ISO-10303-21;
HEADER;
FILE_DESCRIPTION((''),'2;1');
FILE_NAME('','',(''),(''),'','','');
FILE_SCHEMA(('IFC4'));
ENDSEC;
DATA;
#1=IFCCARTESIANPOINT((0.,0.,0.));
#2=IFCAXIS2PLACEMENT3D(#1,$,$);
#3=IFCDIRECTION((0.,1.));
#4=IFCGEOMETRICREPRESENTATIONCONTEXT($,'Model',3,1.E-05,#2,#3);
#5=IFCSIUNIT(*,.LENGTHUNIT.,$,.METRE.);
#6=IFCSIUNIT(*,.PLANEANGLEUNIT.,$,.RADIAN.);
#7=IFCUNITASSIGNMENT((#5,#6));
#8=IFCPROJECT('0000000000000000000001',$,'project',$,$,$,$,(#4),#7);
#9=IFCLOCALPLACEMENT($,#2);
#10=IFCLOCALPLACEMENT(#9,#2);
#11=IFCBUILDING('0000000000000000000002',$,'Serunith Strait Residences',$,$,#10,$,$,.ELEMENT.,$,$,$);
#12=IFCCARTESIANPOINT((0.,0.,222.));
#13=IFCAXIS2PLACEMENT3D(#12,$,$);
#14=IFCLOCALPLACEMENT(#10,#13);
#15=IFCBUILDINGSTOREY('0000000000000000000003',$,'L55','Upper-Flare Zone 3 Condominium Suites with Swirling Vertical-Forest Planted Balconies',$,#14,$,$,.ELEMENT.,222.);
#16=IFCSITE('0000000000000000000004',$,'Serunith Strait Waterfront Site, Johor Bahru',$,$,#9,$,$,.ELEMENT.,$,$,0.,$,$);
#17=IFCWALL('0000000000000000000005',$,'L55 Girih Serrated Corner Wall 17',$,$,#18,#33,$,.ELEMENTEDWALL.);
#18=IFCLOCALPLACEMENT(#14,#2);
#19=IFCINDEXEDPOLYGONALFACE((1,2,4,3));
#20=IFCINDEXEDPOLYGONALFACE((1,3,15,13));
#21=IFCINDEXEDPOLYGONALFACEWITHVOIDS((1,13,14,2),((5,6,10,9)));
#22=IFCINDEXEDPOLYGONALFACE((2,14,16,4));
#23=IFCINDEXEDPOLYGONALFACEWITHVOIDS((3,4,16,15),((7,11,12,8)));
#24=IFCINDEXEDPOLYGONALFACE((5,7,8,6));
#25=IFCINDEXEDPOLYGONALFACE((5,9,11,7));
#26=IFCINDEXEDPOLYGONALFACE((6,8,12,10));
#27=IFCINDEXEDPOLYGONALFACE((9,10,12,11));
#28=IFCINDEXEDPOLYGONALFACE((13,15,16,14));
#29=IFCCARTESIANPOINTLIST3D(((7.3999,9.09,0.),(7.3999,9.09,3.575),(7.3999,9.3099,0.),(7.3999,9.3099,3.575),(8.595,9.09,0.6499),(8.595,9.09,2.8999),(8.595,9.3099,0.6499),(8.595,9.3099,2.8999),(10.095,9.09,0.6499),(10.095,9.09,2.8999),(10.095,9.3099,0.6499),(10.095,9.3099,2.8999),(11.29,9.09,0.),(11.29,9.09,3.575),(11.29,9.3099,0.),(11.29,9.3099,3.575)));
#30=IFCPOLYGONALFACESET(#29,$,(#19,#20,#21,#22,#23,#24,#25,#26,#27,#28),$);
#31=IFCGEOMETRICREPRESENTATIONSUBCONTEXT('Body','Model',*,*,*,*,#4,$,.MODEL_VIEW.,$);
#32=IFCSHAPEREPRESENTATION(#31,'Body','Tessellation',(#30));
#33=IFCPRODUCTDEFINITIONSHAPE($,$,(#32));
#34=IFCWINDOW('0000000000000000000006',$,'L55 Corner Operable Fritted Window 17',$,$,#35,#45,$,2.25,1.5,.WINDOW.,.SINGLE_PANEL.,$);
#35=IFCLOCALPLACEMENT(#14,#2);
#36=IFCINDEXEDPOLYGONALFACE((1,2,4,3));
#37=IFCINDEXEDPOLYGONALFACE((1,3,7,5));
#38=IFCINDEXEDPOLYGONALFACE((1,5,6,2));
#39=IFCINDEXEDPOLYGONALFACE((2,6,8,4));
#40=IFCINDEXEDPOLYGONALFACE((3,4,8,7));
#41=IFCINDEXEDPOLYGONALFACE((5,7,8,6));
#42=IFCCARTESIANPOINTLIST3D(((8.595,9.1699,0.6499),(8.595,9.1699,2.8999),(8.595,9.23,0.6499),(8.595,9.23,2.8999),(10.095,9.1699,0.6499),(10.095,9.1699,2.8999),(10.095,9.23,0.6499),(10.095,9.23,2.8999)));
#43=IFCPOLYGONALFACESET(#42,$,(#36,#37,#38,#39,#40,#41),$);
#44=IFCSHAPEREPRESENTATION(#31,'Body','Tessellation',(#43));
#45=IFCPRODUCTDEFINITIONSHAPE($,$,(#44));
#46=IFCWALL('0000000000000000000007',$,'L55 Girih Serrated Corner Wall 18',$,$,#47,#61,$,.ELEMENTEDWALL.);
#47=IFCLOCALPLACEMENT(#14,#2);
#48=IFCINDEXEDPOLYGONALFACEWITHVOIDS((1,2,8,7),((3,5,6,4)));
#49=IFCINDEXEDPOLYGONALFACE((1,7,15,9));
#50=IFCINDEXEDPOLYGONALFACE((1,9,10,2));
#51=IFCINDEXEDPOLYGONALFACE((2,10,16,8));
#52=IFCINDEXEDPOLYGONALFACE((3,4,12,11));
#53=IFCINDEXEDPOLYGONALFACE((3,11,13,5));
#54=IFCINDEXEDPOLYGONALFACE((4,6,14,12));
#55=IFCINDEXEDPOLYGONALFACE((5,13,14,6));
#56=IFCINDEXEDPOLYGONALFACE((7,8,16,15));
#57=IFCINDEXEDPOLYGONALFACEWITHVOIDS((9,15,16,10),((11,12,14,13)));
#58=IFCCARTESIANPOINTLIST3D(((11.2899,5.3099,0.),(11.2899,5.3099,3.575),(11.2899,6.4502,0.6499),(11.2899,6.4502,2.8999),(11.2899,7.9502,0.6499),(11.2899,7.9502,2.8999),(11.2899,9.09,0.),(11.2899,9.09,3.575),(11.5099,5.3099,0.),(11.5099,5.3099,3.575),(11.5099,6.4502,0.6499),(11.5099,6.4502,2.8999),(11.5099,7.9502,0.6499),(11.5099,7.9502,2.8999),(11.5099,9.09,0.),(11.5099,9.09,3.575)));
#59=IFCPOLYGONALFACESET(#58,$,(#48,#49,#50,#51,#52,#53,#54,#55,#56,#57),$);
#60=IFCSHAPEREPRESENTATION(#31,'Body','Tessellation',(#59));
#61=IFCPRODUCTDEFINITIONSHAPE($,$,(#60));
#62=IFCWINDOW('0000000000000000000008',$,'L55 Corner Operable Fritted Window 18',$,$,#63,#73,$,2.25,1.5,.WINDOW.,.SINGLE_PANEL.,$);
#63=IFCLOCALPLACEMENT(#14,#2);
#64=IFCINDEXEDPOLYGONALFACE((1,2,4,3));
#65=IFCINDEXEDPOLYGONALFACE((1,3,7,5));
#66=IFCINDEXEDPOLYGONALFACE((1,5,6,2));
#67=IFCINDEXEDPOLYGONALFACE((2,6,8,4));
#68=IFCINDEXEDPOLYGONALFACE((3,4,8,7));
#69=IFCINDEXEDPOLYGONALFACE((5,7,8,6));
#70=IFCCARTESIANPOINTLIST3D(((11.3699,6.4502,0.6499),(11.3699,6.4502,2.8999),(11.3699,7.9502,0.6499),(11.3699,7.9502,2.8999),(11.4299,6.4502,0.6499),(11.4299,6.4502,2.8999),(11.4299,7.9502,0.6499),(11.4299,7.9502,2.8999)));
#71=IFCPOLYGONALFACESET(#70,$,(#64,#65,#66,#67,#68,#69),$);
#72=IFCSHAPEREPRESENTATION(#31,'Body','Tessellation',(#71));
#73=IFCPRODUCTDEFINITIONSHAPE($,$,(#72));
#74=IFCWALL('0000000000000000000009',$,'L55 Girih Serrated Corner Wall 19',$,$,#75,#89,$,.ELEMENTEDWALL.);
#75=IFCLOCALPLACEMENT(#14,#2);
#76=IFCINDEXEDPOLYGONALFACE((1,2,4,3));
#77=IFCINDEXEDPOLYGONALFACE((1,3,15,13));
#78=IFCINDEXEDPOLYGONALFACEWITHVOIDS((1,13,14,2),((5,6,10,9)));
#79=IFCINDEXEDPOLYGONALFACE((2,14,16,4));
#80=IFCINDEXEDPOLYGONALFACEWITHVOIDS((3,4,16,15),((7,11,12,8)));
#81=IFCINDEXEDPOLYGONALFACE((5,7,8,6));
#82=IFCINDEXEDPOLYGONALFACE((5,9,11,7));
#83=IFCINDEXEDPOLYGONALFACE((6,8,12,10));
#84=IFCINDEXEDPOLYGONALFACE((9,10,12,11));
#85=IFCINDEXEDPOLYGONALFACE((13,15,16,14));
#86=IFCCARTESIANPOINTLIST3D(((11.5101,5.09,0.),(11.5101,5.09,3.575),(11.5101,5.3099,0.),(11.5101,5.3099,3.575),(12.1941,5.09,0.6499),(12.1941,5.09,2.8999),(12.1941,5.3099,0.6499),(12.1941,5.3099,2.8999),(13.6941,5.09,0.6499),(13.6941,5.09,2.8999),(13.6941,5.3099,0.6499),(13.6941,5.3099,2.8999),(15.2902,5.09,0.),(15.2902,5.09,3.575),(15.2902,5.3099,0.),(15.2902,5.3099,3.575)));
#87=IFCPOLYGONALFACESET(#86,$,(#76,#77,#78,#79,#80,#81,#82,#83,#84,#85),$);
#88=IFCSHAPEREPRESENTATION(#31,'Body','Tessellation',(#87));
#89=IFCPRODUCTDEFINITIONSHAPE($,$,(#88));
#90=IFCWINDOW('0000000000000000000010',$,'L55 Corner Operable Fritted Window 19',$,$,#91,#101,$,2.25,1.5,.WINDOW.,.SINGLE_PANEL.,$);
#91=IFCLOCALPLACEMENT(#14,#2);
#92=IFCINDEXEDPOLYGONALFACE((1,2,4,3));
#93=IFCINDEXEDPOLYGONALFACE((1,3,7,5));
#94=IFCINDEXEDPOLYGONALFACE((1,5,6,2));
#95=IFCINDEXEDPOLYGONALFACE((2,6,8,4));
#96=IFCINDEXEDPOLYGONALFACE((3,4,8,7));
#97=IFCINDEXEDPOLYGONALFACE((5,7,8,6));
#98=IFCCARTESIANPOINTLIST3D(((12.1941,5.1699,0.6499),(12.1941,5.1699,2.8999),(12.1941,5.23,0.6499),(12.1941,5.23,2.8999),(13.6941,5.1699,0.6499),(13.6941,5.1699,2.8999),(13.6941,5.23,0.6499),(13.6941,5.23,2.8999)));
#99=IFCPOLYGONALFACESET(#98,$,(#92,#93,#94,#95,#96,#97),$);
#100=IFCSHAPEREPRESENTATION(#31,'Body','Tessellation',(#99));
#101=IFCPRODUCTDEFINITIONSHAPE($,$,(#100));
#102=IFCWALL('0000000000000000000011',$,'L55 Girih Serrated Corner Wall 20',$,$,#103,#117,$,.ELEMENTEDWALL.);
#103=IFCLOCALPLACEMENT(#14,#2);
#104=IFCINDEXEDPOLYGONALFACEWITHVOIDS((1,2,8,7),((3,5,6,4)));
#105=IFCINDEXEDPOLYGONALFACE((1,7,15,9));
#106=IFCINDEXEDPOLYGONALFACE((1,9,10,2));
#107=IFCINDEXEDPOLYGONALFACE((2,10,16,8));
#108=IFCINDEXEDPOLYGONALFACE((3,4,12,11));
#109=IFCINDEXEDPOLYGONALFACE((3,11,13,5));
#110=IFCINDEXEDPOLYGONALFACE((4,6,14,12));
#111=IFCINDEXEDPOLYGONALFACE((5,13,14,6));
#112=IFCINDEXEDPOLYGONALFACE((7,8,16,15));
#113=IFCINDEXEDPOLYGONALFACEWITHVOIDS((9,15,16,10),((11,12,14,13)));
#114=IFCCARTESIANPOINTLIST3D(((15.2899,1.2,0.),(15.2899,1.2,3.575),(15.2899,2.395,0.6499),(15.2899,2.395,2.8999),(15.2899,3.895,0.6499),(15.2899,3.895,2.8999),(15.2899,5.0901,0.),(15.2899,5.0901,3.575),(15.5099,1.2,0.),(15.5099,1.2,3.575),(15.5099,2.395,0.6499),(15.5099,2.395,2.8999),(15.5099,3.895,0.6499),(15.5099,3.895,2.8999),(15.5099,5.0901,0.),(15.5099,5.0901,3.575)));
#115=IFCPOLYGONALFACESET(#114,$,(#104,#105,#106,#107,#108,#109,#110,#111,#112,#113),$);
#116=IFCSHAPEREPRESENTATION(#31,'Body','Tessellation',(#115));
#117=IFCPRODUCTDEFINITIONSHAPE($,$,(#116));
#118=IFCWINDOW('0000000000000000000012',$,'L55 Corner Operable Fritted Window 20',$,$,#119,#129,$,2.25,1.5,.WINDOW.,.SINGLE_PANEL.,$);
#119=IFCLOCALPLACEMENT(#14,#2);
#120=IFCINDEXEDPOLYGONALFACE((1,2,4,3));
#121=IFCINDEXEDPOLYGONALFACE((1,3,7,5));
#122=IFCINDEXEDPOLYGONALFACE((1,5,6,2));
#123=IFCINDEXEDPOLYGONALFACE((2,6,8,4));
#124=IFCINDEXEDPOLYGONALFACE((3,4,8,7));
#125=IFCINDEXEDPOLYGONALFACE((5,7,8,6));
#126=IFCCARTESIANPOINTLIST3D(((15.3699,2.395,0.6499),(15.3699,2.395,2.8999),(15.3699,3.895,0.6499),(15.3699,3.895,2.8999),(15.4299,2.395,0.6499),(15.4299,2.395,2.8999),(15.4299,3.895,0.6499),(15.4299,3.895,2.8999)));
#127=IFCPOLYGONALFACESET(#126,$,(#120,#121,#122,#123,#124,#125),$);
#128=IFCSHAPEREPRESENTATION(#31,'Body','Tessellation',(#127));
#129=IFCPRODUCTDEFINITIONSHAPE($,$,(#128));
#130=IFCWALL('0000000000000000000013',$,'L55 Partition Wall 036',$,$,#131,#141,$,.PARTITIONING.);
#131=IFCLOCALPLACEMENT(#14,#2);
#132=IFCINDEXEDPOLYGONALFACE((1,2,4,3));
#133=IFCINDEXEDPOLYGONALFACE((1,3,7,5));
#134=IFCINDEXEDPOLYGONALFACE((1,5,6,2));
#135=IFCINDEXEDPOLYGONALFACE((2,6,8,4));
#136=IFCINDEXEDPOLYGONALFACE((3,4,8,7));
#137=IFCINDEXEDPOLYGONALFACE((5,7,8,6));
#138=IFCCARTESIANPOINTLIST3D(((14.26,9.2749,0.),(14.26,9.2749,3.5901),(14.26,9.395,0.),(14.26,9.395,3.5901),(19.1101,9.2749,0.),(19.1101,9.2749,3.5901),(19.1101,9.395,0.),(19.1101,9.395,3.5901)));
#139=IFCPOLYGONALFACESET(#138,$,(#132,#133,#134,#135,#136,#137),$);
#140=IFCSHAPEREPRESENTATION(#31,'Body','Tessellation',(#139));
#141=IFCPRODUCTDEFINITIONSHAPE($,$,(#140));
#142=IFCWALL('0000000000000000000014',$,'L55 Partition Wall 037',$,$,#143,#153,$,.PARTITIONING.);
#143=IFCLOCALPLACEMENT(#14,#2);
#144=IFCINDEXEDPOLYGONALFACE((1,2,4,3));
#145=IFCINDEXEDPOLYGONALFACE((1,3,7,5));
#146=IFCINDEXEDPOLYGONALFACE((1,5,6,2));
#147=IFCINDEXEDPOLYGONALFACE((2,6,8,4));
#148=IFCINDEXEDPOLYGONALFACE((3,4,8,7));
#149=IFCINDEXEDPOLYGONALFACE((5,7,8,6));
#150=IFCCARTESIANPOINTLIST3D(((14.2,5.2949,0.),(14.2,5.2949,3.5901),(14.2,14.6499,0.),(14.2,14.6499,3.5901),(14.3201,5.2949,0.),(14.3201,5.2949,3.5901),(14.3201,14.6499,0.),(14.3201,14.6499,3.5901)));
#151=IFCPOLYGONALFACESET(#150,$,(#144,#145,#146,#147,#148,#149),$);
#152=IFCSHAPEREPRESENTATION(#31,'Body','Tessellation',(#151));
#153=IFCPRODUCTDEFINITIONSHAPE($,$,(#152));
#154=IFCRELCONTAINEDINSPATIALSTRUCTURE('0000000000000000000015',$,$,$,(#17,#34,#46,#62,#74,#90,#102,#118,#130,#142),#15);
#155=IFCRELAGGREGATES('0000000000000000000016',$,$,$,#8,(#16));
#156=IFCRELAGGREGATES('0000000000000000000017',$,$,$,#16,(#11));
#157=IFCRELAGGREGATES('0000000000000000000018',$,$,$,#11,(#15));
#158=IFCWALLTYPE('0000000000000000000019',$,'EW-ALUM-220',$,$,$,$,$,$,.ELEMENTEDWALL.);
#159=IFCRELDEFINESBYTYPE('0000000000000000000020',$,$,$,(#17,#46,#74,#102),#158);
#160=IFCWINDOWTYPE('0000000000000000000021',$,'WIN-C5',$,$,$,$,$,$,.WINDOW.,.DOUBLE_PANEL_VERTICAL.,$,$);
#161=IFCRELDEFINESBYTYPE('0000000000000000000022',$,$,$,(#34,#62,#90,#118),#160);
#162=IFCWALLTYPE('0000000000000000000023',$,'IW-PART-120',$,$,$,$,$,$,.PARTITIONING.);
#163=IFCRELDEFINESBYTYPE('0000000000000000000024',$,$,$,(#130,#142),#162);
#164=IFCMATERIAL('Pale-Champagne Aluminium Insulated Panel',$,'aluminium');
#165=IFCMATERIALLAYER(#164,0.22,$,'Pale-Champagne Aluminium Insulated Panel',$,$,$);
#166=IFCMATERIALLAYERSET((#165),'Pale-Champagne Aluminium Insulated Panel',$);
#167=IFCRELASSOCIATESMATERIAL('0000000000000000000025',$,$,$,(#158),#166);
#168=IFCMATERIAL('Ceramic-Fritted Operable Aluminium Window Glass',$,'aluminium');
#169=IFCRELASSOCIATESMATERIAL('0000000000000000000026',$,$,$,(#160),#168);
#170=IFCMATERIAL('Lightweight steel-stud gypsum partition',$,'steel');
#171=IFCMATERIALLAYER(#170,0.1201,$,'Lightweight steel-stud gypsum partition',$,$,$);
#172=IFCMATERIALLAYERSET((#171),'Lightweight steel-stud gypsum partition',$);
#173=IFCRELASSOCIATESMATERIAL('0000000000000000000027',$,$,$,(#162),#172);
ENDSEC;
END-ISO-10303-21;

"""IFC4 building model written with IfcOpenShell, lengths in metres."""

from ifc_helpers import new_model, si_unit, direction, frame, frame_2d, origin, place, context, subcontext, project, spatial, rectangle, extrude, source, transform, mapped, material, layer, layer_set, type_object, element, fill, save


model = new_model("IFC4")

# Units and contexts
model_context = context("Model", 3, precision=1e-05, world=origin(), true_north=direction((0.0, 1.0)))
body_context = subcontext(model_context, "Body", "Model", "MODEL_VIEW")
ifc_project = project(units=[si_unit("LENGTHUNIT", "METRE"), si_unit("PLANEANGLEUNIT", "RADIAN")], contexts=[model_context])

# Site, building, storey
site_placement = place(None, origin())
site = spatial("IfcSite", under=ifc_project, at=site_placement, Name="Serunith Strait Waterfront Site, Johor Bahru", CompositionType="ELEMENT", RefElevation=0.0)
building_placement = place(site_placement, origin())
building = spatial("IfcBuilding", under=site, at=building_placement, Name="Serunith Strait Residences", CompositionType="ELEMENT")
storey_placement = place(building_placement, frame((0.0, 0.0, 222.0)))
storey = spatial("IfcBuildingStorey", under=building, at=storey_placement, Name="L55", Description="Upper-Flare Zone 3 Condominium Suites with Swirling Vertical-Forest Planted Balconies", CompositionType="ELEMENT", Elevation=222.0)

# Walls, openings, windows
ifc_material_1 = material(Name="Pale-Champagne Aluminium Insulated Panel", Category="aluminium")
ifc_layer_1 = layer(ifc_material_1, 0.22, Name="Pale-Champagne Aluminium Insulated Panel")
ifc_layer_set_1 = layer_set([ifc_layer_1], Name="Pale-Champagne Aluminium Insulated Panel")
wall_type_1 = type_object("IfcWallType", Name="EW-ALUM-220", PredefinedType="ELEMENTEDWALL", material=ifc_layer_set_1)
wall_1_placement = place(storey_placement, frame((7.3999, 9.2, 0.0), z_axis=(0.0, 0.0, 1.0), x_axis=(1.0, 0.0, 0.0)))
wall_1 = element("IfcWall", 1, at=wall_1_placement, inside=storey, type_object=wall_type_1, Name="L55 Girih Serrated Corner Wall 17", PredefinedType="ELEMENTEDWALL", context=body_context, shape_type="SweptSolid", body=[
    extrude(rectangle(XDim=3.8901, YDim=0.22, at=frame_2d((1.9451, 0.0))), origin(), (0.0, 0.0, 1.0), 3.575),
])
opening_1_placement = place(wall_1_placement, frame((1.1951, 0.0, 0.6499)))
opening_1 = element("IfcOpeningElement", 2, at=opening_1_placement, cuts=wall_1, PredefinedType="OPENING", context=body_context, shape_type="SweptSolid", body=[
    extrude(rectangle(XDim=1.5, YDim=2.25, at=frame_2d((0.75, 1.125))), frame((0.0, 0.1201, 0.0), z_axis=(0.0, -1.0, 0.0), x_axis=(1.0, 0.0, 0.0)), (0.0, 0.0, 1.0), 0.24),
])
ifc_material_2 = material(Name="Ceramic-Fritted Operable Aluminium Window Glass", Category="aluminium")
window_type = type_object("IfcWindowType", Name="WIN-C5", PartitioningType="DOUBLE_PANEL_VERTICAL", PredefinedType="WINDOW", material=ifc_material_2)
shared_shape_1 = source(origin(), body_context, "Body", "SweptSolid", [
    extrude(rectangle(XDim=1.5, YDim=2.25, at=frame_2d((0.75, 1.125))), frame((0.0, 0.03, 0.0), z_axis=(0.0, -1.0, 0.0), x_axis=(1.0, 0.0, 0.0)), (0.0, 0.0, 1.0), 0.0601),
])
window_1_placement = place(opening_1_placement, origin())
window_1 = element("IfcWindow", 3, at=window_1_placement, inside=storey, type_object=window_type, Name="L55 Corner Operable Fritted Window 17", OverallHeight=2.25, OverallWidth=1.5, PartitioningType="SINGLE_PANEL", PredefinedType="WINDOW", context=body_context, shape_type="MappedRepresentation", body=[
    mapped(shared_shape_1, transform((0.0, 0.0, 0.0), scale=1.0)),
])
fill(opening_1, window_1)
wall_2_placement = place(storey_placement, frame((11.3999, 9.0901, 0.0), z_axis=(0.0, 0.0, 1.0), x_axis=(0.0, -1.0, 0.0)))
wall_2 = element("IfcWall", 4, at=wall_2_placement, inside=storey, type_object=wall_type_1, Name="L55 Girih Serrated Corner Wall 18", PredefinedType="ELEMENTEDWALL", context=body_context, shape_type="SweptSolid", body=[
    extrude(rectangle(XDim=3.78, YDim=0.22, at=frame_2d((1.8901, 0.0))), origin(), (0.0, 0.0, 1.0), 3.575),
])
opening_2_placement = place(wall_2_placement, frame((1.1399, 0.0, 0.6499)))
opening_2 = element("IfcOpeningElement", 5, at=opening_2_placement, cuts=wall_2, PredefinedType="OPENING", context=body_context, shape_type="SweptSolid", body=[
    extrude(rectangle(XDim=1.5, YDim=2.25, at=frame_2d((0.75, 1.125))), frame((0.0, 0.1201, 0.0), z_axis=(0.0, -1.0, 0.0), x_axis=(1.0, 0.0, 0.0)), (0.0, 0.0, 1.0), 0.24),
])
window_2_placement = place(opening_2_placement, origin())
window_2 = element("IfcWindow", 6, at=window_2_placement, inside=storey, type_object=window_type, Name="L55 Corner Operable Fritted Window 18", OverallHeight=2.25, OverallWidth=1.5, PartitioningType="SINGLE_PANEL", PredefinedType="WINDOW", context=body_context, shape_type="MappedRepresentation", body=[
    mapped(shared_shape_1, transform((0.0, 0.0, 0.0), scale=1.0)),
])
fill(opening_2, window_2)
wall_3_placement = place(storey_placement, frame((11.51, 5.2, 0.0), z_axis=(0.0, 0.0, 1.0), x_axis=(1.0, 0.0, 0.0)))
wall_3 = element("IfcWall", 7, at=wall_3_placement, inside=storey, type_object=wall_type_1, Name="L55 Girih Serrated Corner Wall 19", PredefinedType="ELEMENTEDWALL", context=body_context, shape_type="SweptSolid", body=[
    extrude(rectangle(XDim=3.78, YDim=0.22, at=frame_2d((1.8901, 0.0))), origin(), (0.0, 0.0, 1.0), 3.575),
])
opening_3_placement = place(wall_3_placement, frame((0.6841, 0.0, 0.6499)))
opening_3 = element("IfcOpeningElement", 8, at=opening_3_placement, cuts=wall_3, PredefinedType="OPENING", context=body_context, shape_type="SweptSolid", body=[
    extrude(rectangle(XDim=1.5, YDim=2.25, at=frame_2d((0.75, 1.125))), frame((0.0, 0.1201, 0.0), z_axis=(0.0, -1.0, 0.0), x_axis=(1.0, 0.0, 0.0)), (0.0, 0.0, 1.0), 0.24),
])
window_3_placement = place(opening_3_placement, origin())
window_3 = element("IfcWindow", 9, at=window_3_placement, inside=storey, type_object=window_type, Name="L55 Corner Operable Fritted Window 19", OverallHeight=2.25, OverallWidth=1.5, PartitioningType="SINGLE_PANEL", PredefinedType="WINDOW", context=body_context, shape_type="MappedRepresentation", body=[
    mapped(shared_shape_1, transform((0.0, 0.0, 0.0), scale=1.0)),
])
fill(opening_3, window_3)
wall_4_placement = place(storey_placement, frame((15.3999, 5.0901, 0.0), z_axis=(0.0, 0.0, 1.0), x_axis=(0.0, -1.0, 0.0)))
wall_4 = element("IfcWall", 10, at=wall_4_placement, inside=storey, type_object=wall_type_1, Name="L55 Girih Serrated Corner Wall 20", PredefinedType="ELEMENTEDWALL", context=body_context, shape_type="SweptSolid", body=[
    extrude(rectangle(XDim=3.8901, YDim=0.22, at=frame_2d((1.9451, 0.0))), origin(), (0.0, 0.0, 1.0), 3.575),
])
opening_4_placement = place(wall_4_placement, frame((1.1951, 0.0, 0.6499)))
opening_4 = element("IfcOpeningElement", 11, at=opening_4_placement, cuts=wall_4, PredefinedType="OPENING", context=body_context, shape_type="SweptSolid", body=[
    extrude(rectangle(XDim=1.5, YDim=2.25, at=frame_2d((0.75, 1.125))), frame((0.0, 0.1201, 0.0), z_axis=(0.0, -1.0, 0.0), x_axis=(1.0, 0.0, 0.0)), (0.0, 0.0, 1.0), 0.24),
])
window_4_placement = place(opening_4_placement, origin())
window_4 = element("IfcWindow", 12, at=window_4_placement, inside=storey, type_object=window_type, Name="L55 Corner Operable Fritted Window 20", OverallHeight=2.25, OverallWidth=1.5, PartitioningType="SINGLE_PANEL", PredefinedType="WINDOW", context=body_context, shape_type="MappedRepresentation", body=[
    mapped(shared_shape_1, transform((0.0, 0.0, 0.0), scale=1.0)),
])
fill(opening_4, window_4)

# Walls
ifc_material_3 = material(Name="Lightweight steel-stud gypsum partition", Category="steel")
ifc_layer_2 = layer(ifc_material_3, 0.1201, Name="Lightweight steel-stud gypsum partition")
ifc_layer_set_2 = layer_set([ifc_layer_2], Name="Lightweight steel-stud gypsum partition")
wall_type_2 = type_object("IfcWallType", Name="IW-PART-120", PredefinedType="PARTITIONING", material=ifc_layer_set_2)
wall_5_placement = place(storey_placement, frame((14.26, 9.335, 0.0), z_axis=(0.0, 0.0, 1.0), x_axis=(1.0, 0.0, 0.0)))
element("IfcWall", 13, at=wall_5_placement, inside=storey, type_object=wall_type_2, Name="L55 Partition Wall 036", PredefinedType="PARTITIONING", context=body_context, shape_type="SweptSolid", body=[
    extrude(rectangle(XDim=4.8501, YDim=0.1201, at=frame_2d((2.425, 0.0))), origin(), (0.0, 0.0, 1.0), 3.5901),
])
wall_6_placement = place(storey_placement, frame((14.26, 5.2949, 0.0), z_axis=(0.0, 0.0, 1.0), x_axis=(0.0, 1.0, 0.0)))
element("IfcWall", 14, at=wall_6_placement, inside=storey, type_object=wall_type_2, Name="L55 Partition Wall 037", PredefinedType="PARTITIONING", context=body_context, shape_type="SweptSolid", body=[
    extrude(rectangle(XDim=9.355, YDim=0.1201, at=frame_2d((4.6775, 0.0))), origin(), (0.0, 0.0, 1.0), 3.5901),
])

save(model, "model.ifc")
